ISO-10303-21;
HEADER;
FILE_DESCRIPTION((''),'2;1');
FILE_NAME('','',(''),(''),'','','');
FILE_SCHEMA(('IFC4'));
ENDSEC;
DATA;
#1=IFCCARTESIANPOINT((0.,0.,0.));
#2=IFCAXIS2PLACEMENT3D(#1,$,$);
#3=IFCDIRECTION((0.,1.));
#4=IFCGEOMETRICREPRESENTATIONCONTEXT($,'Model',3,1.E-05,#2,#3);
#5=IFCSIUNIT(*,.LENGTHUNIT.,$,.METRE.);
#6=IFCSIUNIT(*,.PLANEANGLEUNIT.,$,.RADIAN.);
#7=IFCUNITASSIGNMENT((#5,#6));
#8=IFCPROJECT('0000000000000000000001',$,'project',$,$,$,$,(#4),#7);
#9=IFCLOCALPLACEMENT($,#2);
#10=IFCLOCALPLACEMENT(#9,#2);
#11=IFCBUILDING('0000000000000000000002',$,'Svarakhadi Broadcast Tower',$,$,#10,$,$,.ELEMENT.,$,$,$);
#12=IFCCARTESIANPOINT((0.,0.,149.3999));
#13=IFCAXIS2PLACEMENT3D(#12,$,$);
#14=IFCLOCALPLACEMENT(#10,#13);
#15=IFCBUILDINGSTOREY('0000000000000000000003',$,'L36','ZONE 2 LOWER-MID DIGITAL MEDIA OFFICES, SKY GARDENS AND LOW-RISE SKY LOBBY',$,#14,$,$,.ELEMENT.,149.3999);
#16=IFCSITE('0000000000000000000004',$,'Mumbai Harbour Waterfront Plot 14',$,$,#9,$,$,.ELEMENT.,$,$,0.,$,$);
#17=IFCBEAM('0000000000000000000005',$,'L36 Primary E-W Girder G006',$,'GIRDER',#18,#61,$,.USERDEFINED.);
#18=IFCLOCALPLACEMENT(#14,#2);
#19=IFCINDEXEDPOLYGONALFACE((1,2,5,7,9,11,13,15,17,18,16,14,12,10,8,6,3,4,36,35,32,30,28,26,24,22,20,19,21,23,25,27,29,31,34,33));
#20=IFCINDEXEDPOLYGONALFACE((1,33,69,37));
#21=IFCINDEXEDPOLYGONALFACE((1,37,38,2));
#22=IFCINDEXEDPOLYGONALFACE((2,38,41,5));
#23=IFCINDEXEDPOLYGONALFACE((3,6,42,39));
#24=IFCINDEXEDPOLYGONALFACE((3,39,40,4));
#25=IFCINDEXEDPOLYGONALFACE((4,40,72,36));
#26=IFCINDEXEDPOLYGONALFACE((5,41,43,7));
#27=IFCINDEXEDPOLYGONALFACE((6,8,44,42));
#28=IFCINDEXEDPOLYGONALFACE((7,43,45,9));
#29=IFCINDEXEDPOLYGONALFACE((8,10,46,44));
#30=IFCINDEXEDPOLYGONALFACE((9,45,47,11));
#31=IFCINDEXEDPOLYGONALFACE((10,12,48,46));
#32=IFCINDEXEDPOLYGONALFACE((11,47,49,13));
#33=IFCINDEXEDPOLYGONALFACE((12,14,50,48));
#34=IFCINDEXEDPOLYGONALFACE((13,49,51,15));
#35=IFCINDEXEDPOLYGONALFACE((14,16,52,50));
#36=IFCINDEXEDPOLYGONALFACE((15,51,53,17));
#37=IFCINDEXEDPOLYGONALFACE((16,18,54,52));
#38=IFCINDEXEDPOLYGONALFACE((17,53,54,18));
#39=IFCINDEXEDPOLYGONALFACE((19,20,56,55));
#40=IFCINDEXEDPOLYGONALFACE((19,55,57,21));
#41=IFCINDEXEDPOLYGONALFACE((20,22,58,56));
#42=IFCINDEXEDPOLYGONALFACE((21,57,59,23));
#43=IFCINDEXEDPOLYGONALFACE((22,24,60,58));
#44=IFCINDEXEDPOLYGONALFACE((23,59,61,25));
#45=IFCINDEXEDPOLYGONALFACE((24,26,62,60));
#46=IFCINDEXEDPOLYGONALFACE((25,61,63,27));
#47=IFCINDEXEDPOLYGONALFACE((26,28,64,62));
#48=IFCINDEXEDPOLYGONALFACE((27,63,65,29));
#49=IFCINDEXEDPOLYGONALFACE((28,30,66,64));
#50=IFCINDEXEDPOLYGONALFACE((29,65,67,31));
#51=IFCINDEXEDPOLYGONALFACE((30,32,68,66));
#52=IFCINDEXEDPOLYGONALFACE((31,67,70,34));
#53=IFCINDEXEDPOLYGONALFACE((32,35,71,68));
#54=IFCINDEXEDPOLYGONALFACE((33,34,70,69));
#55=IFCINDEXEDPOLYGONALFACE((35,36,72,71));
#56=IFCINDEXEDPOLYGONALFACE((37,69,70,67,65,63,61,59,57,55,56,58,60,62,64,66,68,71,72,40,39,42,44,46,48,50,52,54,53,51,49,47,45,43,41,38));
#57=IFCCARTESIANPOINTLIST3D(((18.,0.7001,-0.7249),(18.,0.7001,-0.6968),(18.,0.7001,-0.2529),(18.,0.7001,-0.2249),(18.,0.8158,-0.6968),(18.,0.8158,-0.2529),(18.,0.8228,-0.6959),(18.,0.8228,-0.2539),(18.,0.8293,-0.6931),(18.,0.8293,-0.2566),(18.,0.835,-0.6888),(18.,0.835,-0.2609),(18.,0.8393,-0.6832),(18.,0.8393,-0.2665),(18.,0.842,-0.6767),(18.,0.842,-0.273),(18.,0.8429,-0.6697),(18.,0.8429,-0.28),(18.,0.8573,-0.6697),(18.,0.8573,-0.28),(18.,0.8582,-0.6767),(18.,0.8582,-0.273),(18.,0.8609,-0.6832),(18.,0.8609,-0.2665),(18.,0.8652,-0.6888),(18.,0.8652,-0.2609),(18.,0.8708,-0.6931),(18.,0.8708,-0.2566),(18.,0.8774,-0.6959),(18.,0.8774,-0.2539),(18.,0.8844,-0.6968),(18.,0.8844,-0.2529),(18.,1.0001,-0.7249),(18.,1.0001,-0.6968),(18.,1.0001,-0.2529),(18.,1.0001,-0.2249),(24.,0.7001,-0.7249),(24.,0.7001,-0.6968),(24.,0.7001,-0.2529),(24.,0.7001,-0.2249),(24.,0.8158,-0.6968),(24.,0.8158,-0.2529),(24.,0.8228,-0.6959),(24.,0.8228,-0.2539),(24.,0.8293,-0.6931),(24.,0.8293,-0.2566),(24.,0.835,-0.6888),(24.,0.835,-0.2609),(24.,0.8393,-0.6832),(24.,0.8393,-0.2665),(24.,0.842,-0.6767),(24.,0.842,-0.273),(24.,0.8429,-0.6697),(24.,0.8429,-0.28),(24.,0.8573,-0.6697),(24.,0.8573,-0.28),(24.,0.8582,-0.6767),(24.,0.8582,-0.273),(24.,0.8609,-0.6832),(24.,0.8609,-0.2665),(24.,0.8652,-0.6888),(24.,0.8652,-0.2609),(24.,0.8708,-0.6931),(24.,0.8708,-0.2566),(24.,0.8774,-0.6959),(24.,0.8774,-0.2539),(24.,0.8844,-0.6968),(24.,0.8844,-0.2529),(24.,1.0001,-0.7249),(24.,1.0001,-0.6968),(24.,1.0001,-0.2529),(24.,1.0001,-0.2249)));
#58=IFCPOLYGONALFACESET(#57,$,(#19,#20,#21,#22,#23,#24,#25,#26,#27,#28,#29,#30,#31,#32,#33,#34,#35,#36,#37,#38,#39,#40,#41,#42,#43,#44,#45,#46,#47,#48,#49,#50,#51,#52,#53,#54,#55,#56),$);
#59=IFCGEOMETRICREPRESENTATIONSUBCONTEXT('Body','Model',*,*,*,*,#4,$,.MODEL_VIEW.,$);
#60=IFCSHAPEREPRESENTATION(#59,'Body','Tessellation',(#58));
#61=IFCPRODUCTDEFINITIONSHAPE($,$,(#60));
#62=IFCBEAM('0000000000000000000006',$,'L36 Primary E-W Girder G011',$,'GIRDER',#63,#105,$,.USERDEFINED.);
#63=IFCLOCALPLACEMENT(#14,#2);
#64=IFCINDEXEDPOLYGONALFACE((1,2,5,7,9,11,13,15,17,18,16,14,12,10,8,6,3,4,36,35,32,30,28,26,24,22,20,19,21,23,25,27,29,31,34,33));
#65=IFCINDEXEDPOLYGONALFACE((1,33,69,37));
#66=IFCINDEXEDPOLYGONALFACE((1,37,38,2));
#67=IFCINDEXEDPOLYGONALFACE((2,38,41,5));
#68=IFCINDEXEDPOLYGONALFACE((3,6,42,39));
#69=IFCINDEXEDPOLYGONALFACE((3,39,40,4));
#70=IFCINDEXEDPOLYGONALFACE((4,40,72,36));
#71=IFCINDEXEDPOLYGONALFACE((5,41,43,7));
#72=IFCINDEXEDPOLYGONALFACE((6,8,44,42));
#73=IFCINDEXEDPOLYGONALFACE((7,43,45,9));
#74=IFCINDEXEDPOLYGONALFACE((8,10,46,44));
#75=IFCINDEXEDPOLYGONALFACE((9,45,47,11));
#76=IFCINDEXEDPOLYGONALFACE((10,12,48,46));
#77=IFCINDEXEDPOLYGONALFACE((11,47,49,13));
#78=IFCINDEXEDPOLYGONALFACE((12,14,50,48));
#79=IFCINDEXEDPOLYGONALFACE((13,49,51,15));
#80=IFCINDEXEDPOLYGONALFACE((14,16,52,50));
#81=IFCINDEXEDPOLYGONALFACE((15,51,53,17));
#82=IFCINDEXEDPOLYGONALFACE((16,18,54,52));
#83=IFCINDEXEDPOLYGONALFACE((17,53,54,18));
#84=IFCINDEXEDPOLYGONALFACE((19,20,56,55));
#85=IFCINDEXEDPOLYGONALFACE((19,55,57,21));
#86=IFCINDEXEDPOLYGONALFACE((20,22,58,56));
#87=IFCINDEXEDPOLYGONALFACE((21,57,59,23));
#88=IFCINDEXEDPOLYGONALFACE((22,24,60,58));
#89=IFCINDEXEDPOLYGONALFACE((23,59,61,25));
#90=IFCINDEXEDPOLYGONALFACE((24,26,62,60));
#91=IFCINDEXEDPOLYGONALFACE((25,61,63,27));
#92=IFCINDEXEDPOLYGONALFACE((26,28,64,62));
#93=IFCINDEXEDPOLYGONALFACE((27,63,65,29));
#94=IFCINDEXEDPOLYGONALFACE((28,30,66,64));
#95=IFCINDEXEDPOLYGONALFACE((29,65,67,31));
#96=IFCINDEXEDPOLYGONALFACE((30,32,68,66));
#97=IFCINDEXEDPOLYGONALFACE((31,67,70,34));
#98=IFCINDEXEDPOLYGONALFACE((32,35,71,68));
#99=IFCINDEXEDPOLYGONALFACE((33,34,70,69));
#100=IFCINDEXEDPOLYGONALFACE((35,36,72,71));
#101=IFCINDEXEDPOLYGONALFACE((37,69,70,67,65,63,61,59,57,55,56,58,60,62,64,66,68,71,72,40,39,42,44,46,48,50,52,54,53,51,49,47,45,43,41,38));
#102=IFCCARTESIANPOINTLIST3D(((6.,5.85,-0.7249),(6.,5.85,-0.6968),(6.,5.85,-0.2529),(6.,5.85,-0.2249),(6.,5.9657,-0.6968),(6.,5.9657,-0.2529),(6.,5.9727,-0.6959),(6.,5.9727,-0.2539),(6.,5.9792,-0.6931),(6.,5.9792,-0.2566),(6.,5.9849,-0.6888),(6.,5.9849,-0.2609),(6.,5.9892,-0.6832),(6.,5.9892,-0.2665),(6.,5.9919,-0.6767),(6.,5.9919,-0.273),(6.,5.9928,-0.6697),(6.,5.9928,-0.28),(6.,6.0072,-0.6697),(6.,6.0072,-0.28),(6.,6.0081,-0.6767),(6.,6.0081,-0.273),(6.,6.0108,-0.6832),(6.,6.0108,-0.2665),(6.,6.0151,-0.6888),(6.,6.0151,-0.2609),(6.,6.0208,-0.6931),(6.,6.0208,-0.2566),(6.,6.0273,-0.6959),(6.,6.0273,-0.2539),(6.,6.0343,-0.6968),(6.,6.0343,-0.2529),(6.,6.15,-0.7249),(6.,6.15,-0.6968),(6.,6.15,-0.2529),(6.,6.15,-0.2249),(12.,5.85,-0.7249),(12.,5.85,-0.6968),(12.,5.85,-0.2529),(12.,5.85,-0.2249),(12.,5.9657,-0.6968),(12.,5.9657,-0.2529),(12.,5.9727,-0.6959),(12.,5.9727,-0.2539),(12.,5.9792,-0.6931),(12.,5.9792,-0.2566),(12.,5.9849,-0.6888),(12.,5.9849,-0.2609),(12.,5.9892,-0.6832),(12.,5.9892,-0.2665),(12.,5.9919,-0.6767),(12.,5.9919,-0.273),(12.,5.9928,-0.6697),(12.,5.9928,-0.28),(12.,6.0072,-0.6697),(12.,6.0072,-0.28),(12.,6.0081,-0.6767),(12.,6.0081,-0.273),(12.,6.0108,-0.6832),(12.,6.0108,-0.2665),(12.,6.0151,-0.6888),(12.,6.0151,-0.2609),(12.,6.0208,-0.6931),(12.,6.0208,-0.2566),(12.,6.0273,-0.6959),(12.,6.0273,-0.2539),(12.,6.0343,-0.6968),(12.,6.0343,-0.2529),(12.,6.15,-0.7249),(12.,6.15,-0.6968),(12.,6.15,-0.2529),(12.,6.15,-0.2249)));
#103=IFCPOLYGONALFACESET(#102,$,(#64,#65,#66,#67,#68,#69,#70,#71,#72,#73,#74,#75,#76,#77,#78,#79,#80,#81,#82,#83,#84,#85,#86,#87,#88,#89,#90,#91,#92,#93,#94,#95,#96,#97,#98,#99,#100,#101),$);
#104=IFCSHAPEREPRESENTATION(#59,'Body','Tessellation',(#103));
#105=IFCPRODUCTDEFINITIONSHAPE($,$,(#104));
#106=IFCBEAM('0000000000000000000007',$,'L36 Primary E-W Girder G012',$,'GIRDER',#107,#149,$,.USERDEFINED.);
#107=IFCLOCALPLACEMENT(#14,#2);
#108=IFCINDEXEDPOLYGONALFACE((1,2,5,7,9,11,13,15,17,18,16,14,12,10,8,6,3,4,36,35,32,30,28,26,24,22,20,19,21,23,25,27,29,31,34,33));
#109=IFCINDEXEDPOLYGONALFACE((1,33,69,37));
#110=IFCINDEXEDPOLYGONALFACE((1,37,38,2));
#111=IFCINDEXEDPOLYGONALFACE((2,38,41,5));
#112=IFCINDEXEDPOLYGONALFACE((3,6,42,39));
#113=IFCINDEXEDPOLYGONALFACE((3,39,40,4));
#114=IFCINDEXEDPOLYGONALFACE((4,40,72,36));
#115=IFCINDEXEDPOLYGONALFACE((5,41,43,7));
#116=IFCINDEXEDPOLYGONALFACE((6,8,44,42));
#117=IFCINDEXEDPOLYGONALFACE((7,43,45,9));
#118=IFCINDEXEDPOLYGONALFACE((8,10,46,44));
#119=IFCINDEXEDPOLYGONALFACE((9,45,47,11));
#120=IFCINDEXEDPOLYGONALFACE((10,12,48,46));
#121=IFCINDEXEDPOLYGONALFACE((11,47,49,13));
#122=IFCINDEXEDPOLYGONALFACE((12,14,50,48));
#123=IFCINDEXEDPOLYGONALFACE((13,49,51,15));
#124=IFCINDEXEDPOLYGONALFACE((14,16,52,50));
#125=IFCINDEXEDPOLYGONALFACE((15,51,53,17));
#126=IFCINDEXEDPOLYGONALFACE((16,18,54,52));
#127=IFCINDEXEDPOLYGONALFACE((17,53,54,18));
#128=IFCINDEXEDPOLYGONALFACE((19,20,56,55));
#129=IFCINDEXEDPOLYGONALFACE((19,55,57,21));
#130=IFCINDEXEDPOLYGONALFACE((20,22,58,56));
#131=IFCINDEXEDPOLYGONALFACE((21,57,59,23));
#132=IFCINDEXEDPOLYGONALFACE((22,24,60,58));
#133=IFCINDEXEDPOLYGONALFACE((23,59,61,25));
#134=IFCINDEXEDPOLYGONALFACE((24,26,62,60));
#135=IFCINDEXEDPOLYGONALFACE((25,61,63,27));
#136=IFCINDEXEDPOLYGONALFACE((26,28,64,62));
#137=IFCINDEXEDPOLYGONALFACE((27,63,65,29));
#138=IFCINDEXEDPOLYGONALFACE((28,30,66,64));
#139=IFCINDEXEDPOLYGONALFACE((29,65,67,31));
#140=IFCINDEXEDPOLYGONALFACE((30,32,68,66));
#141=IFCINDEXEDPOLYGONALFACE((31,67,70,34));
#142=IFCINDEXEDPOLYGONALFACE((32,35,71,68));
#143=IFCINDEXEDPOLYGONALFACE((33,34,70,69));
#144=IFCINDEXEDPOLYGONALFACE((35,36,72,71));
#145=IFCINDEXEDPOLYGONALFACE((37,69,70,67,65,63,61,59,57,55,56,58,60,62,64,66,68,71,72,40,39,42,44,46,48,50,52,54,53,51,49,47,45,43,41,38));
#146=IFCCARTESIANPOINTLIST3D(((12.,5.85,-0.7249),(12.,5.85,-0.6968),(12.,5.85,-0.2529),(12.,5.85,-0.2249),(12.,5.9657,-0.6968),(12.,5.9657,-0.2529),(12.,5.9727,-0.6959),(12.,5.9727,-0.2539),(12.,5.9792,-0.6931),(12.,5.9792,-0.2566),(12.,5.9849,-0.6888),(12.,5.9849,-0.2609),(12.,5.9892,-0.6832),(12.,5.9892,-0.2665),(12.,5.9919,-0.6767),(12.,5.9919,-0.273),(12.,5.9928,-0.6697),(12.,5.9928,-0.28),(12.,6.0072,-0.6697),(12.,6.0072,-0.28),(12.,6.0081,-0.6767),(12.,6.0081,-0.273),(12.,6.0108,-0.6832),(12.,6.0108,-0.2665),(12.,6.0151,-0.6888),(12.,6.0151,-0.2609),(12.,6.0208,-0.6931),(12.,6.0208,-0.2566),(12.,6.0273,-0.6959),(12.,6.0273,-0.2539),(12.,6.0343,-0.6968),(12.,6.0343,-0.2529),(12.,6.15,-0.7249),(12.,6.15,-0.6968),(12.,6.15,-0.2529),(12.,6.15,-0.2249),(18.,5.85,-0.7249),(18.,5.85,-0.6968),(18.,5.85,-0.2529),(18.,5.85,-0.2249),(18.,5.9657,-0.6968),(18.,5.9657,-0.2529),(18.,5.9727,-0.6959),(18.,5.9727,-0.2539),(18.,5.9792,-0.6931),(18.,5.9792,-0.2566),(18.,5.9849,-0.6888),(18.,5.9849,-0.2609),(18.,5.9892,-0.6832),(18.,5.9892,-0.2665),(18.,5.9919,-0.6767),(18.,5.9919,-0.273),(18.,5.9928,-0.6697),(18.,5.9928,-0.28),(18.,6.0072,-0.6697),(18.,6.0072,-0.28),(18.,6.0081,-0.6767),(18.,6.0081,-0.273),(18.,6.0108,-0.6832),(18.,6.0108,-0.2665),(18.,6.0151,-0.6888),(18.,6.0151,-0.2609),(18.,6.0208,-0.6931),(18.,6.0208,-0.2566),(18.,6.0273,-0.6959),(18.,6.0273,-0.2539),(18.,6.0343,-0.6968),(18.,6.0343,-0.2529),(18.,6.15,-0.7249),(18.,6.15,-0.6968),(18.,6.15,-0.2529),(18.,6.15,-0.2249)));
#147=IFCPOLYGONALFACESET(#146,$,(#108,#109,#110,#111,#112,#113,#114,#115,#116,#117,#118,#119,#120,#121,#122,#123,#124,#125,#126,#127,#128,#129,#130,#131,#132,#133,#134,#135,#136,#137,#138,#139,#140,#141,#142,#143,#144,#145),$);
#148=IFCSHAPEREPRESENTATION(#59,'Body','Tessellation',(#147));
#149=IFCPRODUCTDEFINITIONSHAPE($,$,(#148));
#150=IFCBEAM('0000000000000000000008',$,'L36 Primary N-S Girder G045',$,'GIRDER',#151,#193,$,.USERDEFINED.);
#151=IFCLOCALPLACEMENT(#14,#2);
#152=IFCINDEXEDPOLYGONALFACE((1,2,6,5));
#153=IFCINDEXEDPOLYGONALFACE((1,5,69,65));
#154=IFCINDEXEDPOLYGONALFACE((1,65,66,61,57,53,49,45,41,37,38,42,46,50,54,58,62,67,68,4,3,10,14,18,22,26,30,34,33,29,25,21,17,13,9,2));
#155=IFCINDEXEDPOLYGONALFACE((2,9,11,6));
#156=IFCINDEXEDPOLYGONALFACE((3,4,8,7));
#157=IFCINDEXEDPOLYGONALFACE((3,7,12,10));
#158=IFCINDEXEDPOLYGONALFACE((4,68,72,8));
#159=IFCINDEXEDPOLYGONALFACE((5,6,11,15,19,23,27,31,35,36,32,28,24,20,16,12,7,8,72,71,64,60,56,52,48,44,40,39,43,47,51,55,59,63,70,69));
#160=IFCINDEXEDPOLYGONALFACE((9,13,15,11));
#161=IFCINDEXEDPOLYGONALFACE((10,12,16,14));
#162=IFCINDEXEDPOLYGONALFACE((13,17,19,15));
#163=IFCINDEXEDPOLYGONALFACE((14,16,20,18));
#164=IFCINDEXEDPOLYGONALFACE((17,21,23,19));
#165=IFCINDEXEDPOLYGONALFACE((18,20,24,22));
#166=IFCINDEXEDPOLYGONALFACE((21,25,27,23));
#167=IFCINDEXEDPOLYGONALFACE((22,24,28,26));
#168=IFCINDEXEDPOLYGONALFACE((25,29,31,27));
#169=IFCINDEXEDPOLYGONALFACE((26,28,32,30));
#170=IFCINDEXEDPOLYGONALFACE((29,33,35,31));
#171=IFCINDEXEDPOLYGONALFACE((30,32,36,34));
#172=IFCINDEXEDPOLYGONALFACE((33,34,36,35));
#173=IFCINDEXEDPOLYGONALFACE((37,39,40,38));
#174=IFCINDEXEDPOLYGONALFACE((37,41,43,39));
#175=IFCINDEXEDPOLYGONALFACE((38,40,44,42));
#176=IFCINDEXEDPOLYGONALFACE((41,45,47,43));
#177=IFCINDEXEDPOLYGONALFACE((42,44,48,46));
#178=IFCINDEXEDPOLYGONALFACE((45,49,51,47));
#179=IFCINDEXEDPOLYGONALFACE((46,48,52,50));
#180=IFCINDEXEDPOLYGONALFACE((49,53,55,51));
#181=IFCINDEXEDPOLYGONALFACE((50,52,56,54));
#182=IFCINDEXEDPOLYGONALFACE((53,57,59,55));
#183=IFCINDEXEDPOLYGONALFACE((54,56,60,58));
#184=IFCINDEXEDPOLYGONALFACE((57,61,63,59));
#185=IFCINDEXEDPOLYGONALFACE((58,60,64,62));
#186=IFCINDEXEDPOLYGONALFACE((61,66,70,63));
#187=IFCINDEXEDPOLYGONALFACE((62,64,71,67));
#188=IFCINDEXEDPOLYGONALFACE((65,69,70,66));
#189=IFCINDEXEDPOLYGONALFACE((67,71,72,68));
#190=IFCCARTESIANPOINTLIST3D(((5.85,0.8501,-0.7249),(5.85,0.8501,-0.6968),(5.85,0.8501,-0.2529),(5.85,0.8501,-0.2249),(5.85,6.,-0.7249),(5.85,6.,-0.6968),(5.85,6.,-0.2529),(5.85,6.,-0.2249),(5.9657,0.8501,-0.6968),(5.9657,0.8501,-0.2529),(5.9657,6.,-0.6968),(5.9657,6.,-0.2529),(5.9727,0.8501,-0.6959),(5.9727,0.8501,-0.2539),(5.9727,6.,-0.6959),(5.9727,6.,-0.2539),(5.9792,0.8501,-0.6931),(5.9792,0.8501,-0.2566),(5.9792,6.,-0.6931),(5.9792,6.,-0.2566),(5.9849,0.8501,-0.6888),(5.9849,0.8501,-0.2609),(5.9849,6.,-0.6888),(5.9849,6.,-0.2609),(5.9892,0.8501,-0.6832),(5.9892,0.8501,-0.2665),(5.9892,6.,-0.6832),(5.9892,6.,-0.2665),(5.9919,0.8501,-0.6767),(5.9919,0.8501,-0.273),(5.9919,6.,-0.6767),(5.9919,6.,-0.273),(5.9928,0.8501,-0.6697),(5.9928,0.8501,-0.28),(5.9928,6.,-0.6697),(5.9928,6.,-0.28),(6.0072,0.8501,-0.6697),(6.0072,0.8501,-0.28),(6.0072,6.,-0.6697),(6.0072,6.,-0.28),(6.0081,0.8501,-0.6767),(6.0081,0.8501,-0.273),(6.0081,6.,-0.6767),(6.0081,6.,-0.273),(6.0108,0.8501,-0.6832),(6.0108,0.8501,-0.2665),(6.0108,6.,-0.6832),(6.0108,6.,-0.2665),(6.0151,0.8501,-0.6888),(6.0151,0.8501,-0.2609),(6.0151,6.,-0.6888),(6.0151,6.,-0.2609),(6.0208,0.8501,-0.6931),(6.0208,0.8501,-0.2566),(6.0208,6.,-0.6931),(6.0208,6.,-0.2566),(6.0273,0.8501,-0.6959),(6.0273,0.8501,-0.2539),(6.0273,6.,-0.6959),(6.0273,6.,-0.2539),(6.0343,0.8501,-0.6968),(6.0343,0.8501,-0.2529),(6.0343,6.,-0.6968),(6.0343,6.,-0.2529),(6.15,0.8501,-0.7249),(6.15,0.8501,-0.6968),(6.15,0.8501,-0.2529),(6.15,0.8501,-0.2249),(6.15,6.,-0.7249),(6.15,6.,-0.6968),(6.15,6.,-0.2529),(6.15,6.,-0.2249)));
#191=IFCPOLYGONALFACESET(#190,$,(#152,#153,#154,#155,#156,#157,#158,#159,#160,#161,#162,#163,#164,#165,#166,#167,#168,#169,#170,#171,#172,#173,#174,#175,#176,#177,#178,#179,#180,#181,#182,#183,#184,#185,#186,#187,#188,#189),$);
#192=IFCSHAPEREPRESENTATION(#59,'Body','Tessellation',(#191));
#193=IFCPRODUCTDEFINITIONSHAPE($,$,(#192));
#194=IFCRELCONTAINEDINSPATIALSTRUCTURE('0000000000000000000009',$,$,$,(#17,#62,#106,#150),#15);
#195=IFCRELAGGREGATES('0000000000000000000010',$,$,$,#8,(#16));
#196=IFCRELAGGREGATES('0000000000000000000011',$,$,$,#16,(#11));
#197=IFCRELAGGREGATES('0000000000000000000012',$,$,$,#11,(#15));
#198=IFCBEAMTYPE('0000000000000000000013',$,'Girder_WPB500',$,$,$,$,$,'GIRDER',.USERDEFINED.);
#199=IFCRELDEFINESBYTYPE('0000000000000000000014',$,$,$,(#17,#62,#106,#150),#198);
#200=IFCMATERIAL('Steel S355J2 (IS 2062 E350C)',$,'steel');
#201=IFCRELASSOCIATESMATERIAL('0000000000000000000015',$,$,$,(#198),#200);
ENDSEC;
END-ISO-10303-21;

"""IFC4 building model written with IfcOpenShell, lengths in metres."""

from ifc_helpers import new_model, si_unit, direction, frame, origin, origin_2d, place, context, subcontext, project, spatial, i_section, extrude, material, material_profile, profile_set, type_object, element, save


model = new_model("IFC4")

# Units and contexts
model_context = context("Model", 3, precision=1e-05, world=origin(), true_north=direction((0.0, 1.0)))
body_context = subcontext(model_context, "Body", "Model", "MODEL_VIEW")
ifc_project = project(units=[si_unit("LENGTHUNIT", "METRE"), si_unit("PLANEANGLEUNIT", "RADIAN")], contexts=[model_context])

# Site, building, storey
site_placement = place(None, origin())
site = spatial("IfcSite", under=ifc_project, at=site_placement, Name="Mumbai Harbour Waterfront Plot 14", CompositionType="ELEMENT", RefElevation=0.0)
building_placement = place(site_placement, origin())
building = spatial("IfcBuilding", under=site, at=building_placement, Name="Svarakhadi Broadcast Tower", CompositionType="ELEMENT")
storey_placement = place(building_placement, frame((0.0, 0.0, 149.3999)))
storey = spatial("IfcBuildingStorey", under=building, at=storey_placement, Name="L36", Description="ZONE 2 LOWER-MID DIGITAL MEDIA OFFICES, SKY GARDENS AND LOW-RISE SKY LOBBY", CompositionType="ELEMENT", Elevation=149.3999)

# Shared definitions
ifc_material_1 = material(Name="Steel S355J2 (IS 2062 E350C)", Category="steel")

# Beams
ifc_material_profile_1 = material_profile(ifc_material_1, i_section(OverallWidth=0.3, OverallDepth=0.5, WebThickness=0.0144, FlangeThickness=0.0281, FilletRadius=0.0271, at=origin_2d()), Name="WPB 500x300x187")
ifc_profile_set_1 = profile_set([ifc_material_profile_1], Name="Steel S355J2 (IS 2062 E350C)")
beam_type_1 = type_object("IfcBeamType", Name="Girder_WPB500", ElementType="GIRDER", PredefinedType="USERDEFINED", material=ifc_profile_set_1)
for number, where, z_axis, x_axis, name in (
    (1, (18.0, 0.8501, -0.4749), (1.0, 0.0, 0.0), (0.0, 1.0, 0.0), "L36 Primary E-W Girder G006"),
    (2, (6.0, 6.0, -0.4749), (1.0, 0.0, 0.0), (0.0, 1.0, 0.0), "L36 Primary E-W Girder G011"),
    (3, (12.0, 6.0, -0.4749), (1.0, 0.0, 0.0), (0.0, 1.0, 0.0), "L36 Primary E-W Girder G012"),
):
    element("IfcBeam", number, at=place(storey_placement, frame(where, z_axis=z_axis, x_axis=x_axis)), inside=storey, type_object=beam_type_1, Name=name, ObjectType="GIRDER", PredefinedType="USERDEFINED", context=body_context, shape_type="SweptSolid", body=[
        extrude(i_section(OverallWidth=0.3, OverallDepth=0.5, WebThickness=0.0144, FlangeThickness=0.0281, FilletRadius=0.0271, at=origin_2d()), origin(), (0.0, 0.0, 1.0), 6.0),
    ])
beam_1_placement = place(storey_placement, frame((6.0, 0.8501, -0.4749), z_axis=(0.0, 1.0, 0.0), x_axis=(-1.0, 0.0, 0.0)))
element("IfcBeam", 4, at=beam_1_placement, inside=storey, type_object=beam_type_1, Name="L36 Primary N-S Girder G045", ObjectType="GIRDER", PredefinedType="USERDEFINED", context=body_context, shape_type="SweptSolid", body=[
    extrude(i_section(OverallWidth=0.3, OverallDepth=0.5, WebThickness=0.0144, FlangeThickness=0.0281, FilletRadius=0.0271, at=origin_2d()), origin(), (0.0, 0.0, 1.0), 5.1499),
])

save(model, "model.ifc")
